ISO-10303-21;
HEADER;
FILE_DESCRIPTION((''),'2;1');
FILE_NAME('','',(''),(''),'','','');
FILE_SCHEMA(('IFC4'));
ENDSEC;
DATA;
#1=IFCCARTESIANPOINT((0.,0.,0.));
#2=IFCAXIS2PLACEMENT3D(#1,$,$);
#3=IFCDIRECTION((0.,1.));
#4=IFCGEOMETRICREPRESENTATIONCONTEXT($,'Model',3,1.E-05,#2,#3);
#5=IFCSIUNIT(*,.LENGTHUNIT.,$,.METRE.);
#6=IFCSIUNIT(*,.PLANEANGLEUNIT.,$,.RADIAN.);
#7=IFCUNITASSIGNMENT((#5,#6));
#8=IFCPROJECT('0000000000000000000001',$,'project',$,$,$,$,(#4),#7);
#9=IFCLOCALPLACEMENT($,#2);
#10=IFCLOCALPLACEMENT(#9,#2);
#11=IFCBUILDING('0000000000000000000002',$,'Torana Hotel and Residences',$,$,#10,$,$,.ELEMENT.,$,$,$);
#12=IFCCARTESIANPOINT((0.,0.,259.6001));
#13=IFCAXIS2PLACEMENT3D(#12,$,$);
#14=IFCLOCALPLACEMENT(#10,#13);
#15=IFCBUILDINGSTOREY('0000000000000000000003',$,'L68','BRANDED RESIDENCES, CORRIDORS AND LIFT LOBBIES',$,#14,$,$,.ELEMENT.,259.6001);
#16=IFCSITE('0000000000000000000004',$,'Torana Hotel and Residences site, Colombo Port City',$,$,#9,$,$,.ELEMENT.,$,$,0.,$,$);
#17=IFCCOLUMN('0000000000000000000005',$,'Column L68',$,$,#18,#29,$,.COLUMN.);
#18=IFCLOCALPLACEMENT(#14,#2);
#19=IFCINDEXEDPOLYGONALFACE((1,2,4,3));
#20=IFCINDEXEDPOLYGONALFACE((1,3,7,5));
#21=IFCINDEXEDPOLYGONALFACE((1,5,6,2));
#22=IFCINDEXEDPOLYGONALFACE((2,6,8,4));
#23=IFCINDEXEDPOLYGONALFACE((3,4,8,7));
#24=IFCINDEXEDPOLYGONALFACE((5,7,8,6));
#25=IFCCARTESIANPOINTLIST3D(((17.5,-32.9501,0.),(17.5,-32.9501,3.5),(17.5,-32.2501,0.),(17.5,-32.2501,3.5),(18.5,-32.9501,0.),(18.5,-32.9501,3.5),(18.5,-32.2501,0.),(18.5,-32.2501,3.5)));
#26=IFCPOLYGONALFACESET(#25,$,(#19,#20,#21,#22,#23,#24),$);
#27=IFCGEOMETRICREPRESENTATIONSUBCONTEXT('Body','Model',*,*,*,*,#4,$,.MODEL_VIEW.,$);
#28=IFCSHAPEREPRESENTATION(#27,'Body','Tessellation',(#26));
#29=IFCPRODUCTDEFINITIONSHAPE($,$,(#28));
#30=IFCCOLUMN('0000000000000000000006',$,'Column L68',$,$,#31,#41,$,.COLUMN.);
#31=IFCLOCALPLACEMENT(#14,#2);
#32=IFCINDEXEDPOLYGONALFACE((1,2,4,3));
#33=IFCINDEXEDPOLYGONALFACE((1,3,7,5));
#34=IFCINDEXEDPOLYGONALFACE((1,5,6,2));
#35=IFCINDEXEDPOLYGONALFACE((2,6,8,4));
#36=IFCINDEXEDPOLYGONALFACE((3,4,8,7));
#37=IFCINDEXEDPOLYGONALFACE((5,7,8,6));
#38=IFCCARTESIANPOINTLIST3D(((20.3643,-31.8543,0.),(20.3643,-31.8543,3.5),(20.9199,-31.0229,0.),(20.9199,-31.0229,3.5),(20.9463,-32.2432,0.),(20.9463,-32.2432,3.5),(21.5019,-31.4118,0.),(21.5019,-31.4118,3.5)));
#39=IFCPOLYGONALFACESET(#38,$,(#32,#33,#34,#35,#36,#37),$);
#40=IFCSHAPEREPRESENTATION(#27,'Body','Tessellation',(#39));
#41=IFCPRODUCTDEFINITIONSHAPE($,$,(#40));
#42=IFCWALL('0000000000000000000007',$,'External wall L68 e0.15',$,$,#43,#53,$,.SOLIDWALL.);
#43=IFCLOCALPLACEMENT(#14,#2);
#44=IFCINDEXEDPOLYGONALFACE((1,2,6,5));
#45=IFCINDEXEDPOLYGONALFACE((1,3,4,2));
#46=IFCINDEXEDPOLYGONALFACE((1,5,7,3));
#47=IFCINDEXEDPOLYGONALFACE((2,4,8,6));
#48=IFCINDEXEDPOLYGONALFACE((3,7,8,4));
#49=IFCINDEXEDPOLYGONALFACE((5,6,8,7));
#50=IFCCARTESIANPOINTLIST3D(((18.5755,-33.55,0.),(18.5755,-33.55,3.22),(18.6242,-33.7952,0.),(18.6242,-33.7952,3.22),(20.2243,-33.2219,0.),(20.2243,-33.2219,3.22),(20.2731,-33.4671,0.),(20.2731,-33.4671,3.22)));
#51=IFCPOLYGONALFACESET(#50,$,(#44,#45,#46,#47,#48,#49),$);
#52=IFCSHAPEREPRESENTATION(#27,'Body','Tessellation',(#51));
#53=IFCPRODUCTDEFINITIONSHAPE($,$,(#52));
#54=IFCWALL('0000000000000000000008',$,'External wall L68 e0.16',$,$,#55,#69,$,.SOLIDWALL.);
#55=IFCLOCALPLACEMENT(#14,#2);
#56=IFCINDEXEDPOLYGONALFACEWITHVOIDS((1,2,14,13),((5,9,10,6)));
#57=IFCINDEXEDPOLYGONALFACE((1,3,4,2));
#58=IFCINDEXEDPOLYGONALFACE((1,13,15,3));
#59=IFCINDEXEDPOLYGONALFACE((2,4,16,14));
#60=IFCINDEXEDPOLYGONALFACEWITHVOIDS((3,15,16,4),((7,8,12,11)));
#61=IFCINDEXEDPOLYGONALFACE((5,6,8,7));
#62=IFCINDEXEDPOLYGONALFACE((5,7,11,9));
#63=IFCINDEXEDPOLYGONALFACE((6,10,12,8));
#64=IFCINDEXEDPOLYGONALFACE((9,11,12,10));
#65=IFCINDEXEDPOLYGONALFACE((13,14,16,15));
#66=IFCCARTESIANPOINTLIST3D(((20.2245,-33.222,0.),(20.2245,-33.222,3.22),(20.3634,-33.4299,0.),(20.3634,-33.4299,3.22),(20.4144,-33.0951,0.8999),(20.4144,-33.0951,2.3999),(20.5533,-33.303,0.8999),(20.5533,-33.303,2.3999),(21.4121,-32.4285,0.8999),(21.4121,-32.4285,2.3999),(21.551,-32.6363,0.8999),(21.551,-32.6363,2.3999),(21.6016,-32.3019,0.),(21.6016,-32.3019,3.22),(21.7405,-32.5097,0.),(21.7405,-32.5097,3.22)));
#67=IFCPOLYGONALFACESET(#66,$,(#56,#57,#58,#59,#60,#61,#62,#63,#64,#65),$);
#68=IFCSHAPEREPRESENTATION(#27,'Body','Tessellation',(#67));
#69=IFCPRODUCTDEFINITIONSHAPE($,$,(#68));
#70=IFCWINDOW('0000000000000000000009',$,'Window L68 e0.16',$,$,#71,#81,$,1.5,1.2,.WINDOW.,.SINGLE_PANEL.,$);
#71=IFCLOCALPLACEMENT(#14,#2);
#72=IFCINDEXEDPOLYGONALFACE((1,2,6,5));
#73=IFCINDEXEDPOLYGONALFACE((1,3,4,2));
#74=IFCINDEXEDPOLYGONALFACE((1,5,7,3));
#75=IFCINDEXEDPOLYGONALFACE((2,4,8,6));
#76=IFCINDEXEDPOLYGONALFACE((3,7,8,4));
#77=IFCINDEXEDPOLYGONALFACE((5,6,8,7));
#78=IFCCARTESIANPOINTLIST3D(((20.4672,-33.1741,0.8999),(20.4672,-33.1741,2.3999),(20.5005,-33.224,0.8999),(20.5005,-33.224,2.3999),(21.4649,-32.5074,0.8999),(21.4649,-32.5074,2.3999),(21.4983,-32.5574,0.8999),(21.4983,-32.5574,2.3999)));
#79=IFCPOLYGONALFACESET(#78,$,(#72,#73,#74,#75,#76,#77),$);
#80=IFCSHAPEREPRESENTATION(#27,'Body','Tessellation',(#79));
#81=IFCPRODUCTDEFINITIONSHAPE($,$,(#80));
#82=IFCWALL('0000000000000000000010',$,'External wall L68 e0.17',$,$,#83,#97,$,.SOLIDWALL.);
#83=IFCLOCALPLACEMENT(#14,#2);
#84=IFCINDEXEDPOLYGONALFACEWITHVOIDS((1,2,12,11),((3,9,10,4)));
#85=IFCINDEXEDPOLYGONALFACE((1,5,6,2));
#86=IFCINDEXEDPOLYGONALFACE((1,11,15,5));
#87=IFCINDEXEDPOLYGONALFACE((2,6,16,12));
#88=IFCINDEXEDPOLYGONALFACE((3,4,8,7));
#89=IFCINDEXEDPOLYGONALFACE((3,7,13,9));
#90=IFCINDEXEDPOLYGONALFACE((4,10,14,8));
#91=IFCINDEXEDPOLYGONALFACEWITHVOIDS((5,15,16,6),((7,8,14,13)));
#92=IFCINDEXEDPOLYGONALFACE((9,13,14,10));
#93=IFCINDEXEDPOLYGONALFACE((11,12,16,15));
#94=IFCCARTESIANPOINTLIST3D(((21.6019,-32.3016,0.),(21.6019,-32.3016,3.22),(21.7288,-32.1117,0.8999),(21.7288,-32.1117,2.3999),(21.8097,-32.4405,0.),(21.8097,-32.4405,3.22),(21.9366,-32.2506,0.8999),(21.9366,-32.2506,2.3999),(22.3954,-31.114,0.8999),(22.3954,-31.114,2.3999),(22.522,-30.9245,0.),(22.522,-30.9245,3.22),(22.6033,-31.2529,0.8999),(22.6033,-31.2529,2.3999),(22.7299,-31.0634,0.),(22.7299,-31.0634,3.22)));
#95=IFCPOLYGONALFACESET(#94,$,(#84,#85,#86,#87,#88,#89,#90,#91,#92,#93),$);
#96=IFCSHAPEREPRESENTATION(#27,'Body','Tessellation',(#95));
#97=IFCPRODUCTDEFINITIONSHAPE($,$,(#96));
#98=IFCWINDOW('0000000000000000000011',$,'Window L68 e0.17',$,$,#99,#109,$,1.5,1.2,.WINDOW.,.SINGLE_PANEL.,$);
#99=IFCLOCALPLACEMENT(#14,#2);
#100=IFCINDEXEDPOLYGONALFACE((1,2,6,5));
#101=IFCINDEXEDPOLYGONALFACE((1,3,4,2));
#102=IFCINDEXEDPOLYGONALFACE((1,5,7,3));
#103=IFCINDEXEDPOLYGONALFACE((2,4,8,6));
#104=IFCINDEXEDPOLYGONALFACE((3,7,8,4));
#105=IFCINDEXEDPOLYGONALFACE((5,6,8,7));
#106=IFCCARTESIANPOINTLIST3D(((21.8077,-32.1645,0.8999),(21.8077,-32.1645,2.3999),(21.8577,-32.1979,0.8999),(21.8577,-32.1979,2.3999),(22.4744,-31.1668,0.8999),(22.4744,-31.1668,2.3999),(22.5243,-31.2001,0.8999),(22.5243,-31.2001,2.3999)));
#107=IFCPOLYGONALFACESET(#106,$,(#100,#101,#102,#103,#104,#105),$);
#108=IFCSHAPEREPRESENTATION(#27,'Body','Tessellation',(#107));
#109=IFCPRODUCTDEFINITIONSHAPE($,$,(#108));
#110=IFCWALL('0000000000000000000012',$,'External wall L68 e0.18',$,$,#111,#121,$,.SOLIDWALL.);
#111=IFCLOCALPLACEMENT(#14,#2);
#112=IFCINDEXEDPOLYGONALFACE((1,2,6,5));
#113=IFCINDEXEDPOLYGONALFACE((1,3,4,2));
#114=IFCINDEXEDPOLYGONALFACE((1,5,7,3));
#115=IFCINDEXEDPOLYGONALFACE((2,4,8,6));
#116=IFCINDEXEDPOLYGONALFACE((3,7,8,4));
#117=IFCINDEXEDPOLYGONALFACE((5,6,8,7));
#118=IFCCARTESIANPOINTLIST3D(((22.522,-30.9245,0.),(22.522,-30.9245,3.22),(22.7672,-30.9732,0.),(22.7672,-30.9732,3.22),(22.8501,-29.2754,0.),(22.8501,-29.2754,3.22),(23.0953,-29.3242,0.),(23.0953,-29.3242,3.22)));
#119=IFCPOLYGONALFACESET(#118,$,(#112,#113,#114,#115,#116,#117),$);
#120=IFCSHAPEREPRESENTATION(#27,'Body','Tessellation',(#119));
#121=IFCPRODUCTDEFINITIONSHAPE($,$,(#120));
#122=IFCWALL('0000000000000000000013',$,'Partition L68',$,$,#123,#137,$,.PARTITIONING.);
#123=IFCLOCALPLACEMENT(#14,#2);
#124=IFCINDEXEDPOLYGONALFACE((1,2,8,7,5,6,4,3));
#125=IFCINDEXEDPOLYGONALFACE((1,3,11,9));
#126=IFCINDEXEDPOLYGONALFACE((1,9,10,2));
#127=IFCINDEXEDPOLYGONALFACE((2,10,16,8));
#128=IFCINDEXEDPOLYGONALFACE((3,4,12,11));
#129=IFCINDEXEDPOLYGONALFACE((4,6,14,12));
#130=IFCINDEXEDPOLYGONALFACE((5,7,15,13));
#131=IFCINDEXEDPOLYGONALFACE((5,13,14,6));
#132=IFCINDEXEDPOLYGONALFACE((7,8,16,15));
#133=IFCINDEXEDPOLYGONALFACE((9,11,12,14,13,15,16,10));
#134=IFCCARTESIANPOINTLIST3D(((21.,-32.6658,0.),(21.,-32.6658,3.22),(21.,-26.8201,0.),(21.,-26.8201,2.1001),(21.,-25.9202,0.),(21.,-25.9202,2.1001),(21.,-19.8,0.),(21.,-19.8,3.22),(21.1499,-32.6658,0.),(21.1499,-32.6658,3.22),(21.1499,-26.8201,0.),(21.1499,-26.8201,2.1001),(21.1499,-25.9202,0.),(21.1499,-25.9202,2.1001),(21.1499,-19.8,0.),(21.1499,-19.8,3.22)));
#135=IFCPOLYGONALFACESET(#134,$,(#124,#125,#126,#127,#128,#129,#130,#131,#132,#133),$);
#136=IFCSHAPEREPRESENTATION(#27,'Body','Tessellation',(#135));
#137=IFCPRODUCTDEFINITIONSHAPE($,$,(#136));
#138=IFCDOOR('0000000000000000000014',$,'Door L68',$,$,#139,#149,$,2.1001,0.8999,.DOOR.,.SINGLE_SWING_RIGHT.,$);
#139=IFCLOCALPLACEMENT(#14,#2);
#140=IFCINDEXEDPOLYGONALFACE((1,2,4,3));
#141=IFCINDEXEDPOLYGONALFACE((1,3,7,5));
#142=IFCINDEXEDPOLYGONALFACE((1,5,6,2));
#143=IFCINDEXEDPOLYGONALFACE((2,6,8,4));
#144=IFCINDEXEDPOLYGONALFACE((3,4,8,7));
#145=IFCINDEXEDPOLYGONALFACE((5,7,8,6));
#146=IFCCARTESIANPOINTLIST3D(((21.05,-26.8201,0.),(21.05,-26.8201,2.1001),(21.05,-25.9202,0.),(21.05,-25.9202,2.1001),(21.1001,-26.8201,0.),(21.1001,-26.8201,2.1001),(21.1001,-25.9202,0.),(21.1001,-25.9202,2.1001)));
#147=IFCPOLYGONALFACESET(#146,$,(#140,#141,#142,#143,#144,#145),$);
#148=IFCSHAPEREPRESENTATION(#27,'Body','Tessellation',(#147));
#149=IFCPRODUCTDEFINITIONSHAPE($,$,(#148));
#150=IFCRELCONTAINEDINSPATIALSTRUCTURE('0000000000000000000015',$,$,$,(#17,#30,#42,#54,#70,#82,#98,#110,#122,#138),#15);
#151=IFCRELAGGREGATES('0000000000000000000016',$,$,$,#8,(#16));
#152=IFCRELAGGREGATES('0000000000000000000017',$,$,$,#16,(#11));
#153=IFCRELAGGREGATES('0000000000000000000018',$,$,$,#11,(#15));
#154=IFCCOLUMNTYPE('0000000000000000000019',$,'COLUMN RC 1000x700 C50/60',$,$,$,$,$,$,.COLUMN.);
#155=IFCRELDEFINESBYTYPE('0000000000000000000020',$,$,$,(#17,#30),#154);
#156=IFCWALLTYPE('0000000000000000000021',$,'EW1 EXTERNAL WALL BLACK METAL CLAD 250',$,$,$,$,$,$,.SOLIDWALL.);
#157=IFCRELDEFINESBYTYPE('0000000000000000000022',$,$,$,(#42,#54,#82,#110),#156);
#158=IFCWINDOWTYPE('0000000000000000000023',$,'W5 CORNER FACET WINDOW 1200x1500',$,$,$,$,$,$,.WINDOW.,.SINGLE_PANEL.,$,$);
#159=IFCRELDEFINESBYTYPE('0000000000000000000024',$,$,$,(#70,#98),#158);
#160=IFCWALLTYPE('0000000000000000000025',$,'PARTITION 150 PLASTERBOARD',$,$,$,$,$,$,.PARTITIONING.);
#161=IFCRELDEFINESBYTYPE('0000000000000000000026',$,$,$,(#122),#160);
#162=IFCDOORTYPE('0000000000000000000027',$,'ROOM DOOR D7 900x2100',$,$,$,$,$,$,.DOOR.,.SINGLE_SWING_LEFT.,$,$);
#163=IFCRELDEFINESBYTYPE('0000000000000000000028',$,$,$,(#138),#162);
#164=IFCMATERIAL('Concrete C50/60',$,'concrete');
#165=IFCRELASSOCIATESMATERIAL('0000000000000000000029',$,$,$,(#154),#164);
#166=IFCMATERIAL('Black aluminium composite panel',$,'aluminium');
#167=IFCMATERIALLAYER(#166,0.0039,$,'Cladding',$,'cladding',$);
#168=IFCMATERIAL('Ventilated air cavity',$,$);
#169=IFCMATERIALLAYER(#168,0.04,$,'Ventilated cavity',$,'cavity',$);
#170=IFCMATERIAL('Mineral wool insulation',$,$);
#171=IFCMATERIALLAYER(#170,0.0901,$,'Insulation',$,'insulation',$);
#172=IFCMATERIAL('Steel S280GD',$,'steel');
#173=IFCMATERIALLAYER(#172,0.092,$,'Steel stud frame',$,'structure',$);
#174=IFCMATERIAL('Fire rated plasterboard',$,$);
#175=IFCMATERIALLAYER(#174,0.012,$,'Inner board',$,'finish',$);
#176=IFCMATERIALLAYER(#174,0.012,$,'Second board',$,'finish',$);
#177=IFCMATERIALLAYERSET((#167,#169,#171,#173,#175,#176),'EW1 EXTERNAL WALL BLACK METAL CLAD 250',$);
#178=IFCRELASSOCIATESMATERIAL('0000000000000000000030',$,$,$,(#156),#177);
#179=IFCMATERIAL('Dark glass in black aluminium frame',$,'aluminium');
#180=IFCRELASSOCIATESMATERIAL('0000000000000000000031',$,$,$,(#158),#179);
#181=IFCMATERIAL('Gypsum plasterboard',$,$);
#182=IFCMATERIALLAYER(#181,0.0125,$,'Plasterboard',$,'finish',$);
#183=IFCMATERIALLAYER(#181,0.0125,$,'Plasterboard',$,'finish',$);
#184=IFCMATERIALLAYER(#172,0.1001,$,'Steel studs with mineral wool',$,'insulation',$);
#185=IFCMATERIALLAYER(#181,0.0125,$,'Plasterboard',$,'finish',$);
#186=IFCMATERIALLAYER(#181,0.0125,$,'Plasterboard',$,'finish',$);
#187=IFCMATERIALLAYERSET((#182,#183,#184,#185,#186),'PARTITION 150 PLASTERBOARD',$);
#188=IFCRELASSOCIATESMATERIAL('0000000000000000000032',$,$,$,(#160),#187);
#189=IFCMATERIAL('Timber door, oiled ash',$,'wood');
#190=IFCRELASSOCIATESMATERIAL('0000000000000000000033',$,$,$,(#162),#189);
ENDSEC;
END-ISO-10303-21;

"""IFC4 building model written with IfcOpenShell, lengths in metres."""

from ifc_helpers import new_model, si_unit, direction, frame, frame_2d, origin, origin_2d, place, context, subcontext, project, spatial, rectangle, extrude, material, layer, layer_set, material_profile, profile_set, type_object, element, fill, save


model = new_model("IFC4")

# Units and contexts
model_context = context("Model", 3, precision=1e-05, world=origin(), true_north=direction((0.0, 1.0)))
body_context = subcontext(model_context, "Body", "Model", "MODEL_VIEW")
ifc_project = project(units=[si_unit("LENGTHUNIT", "METRE"), si_unit("PLANEANGLEUNIT", "RADIAN")], contexts=[model_context])

# Site, building, storey
site_placement = place(None, origin())
site = spatial("IfcSite", under=ifc_project, at=site_placement, Name="Torana Hotel and Residences site, Colombo Port City", CompositionType="ELEMENT", RefElevation=0.0)
building_placement = place(site_placement, origin())
building = spatial("IfcBuilding", under=site, at=building_placement, Name="Torana Hotel and Residences", CompositionType="ELEMENT")
storey_placement = place(building_placement, frame((0.0, 0.0, 259.6001)))
storey = spatial("IfcBuildingStorey", under=building, at=storey_placement, Name="L68", Description="BRANDED RESIDENCES, CORRIDORS AND LIFT LOBBIES", CompositionType="ELEMENT", Elevation=259.6001)

# Columns
ifc_material_1 = material(Name="Concrete C50/60", Category="concrete")
ifc_material_profile = material_profile(ifc_material_1, rectangle(XDim=1.0, YDim=0.7, at=origin_2d()), Name="RC 1000x700")
ifc_profile_set = profile_set([ifc_material_profile], Name="Concrete C50/60")
column_type = type_object("IfcColumnType", Name="COLUMN RC 1000x700 C50/60", PredefinedType="COLUMN", material=ifc_profile_set)
for number, where, z_axis, x_axis, name in (
    (1, (18.0, -32.6001, 0.0), (0.0, 0.0, 1.0), (1.0, 0.0, 0.0), "Column L68"),
    (2, (20.9331, -31.6331, 0.0), (0.0, 0.0, 1.0), (0.555585, 0.83146, 0.0), "Column L68"),
):
    element("IfcColumn", number, at=place(storey_placement, frame(where, z_axis=z_axis, x_axis=x_axis)), inside=storey, type_object=column_type, Name=name, PredefinedType="COLUMN", context=body_context, shape_type="SweptSolid", body=[
        extrude(rectangle(XDim=1.0, YDim=0.7, at=origin_2d()), origin(), (0.0, 0.0, 1.0), 3.5),
    ])

# Wall
ifc_material_2 = material(Name="Black aluminium composite panel", Category="aluminium")
ifc_layer_1 = layer(ifc_material_2, 0.0039, Name="Cladding", Category="cladding")
ifc_material_3 = material(Name="Ventilated air cavity")
ifc_layer_2 = layer(ifc_material_3, 0.04, Name="Ventilated cavity", Category="cavity")
ifc_material_4 = material(Name="Mineral wool insulation")
ifc_layer_3 = layer(ifc_material_4, 0.0901, Name="Insulation", Category="insulation")
ifc_material_5 = material(Name="Steel S280GD", Category="steel")
ifc_layer_4 = layer(ifc_material_5, 0.092, Name="Steel stud frame", Category="structure")
ifc_material_6 = material(Name="Fire rated plasterboard")
ifc_layer_5 = layer(ifc_material_6, 0.012, Name="Inner board", Category="finish")
ifc_layer_6 = layer(ifc_material_6, 0.012, Name="Second board", Category="finish")
ifc_layer_set_1 = layer_set([ifc_layer_1, ifc_layer_2, ifc_layer_3, ifc_layer_4, ifc_layer_5, ifc_layer_6], Name="EW1 EXTERNAL WALL BLACK METAL CLAD 250")
wall_type_1 = type_object("IfcWallType", Name="EW1 EXTERNAL WALL BLACK METAL CLAD 250", PredefinedType="SOLIDWALL", material=ifc_layer_set_1)
wall_1_placement = place(storey_placement, frame((18.5999, -33.6726, 0.0), z_axis=(0.0, 0.0, 1.0), x_axis=(0.98077, 0.195167, 0.0)))
element("IfcWall", 3, at=wall_1_placement, inside=storey, type_object=wall_type_1, Name="External wall L68 e0.15", PredefinedType="SOLIDWALL", context=body_context, shape_type="SweptSolid", body=[
    extrude(rectangle(XDim=1.6812, YDim=0.25, at=frame_2d((0.8406, 0.0))), origin(), (0.0, 0.0, 1.0), 3.22),
])

# Walls, openings, windows
wall_2_placement = place(storey_placement, frame((20.2939, -33.3259, 0.0), z_axis=(0.0, 0.0, 1.0), x_axis=(0.831483, 0.55555, 0.0)))
wall_2 = element("IfcWall", 4, at=wall_2_placement, inside=storey, type_object=wall_type_1, Name="External wall L68 e0.16", PredefinedType="SOLIDWALL", context=body_context, shape_type="SweptSolid", body=[
    extrude(rectangle(XDim=1.6562, YDim=0.25, at=frame_2d((0.8281, 0.0))), origin(), (0.0, 0.0, 1.0), 3.22),
])
opening_1_placement = place(wall_2_placement, frame((0.2283, 0.0, 0.8999)))
opening_1 = element("IfcOpeningElement", 5, at=opening_1_placement, cuts=wall_2, PredefinedType="OPENING", context=body_context, shape_type="SweptSolid", body=[
    extrude(rectangle(XDim=1.2, YDim=1.5, at=frame_2d((0.6001, 0.75))), frame((0.0, 0.135, 0.0), z_axis=(0.0, -1.0, 0.0), x_axis=(1.0, 0.0, 0.0)), (0.0, 0.0, 1.0), 0.27),
])
ifc_material_7 = material(Name="Dark glass in black aluminium frame", Category="aluminium")
window_type_1 = type_object("IfcWindowType", Name="W5 CORNER FACET WINDOW 1200x1500", PartitioningType="SINGLE_PANEL", PredefinedType="WINDOW", material=ifc_material_7)
window_1_placement = place(opening_1_placement, origin())
window_1 = element("IfcWindow", 6, at=window_1_placement, inside=storey, type_object=window_type_1, Name="Window L68 e0.16", OverallHeight=1.5, OverallWidth=1.2, PartitioningType="SINGLE_PANEL", PredefinedType="WINDOW", context=body_context, shape_type="SweptSolid", body=[
    extrude(rectangle(XDim=1.2, YDim=1.5, at=frame_2d((0.6001, 0.75))), frame((0.0, 0.03, 0.0), z_axis=(0.0, -1.0, 0.0), x_axis=(1.0, 0.0, 0.0)), (0.0, 0.0, 1.0), 0.0601),
])
fill(opening_1, window_1)
wall_3_placement = place(storey_placement, frame((21.7058, -32.3711, 0.0), z_axis=(0.0, 0.0, 1.0), x_axis=(0.55555, 0.831483, 0.0)))
wall_3 = element("IfcWall", 7, at=wall_3_placement, inside=storey, type_object=wall_type_1, Name="External wall L68 e0.17", PredefinedType="SOLIDWALL", context=body_context, shape_type="SweptSolid", body=[
    extrude(rectangle(XDim=1.6562, YDim=0.25, at=frame_2d((0.8281, 0.0))), origin(), (0.0, 0.0, 1.0), 3.22),
])
opening_2_placement = place(wall_3_placement, frame((0.2283, 0.0, 0.8999)))
opening_2 = element("IfcOpeningElement", 8, at=opening_2_placement, cuts=wall_3, PredefinedType="OPENING", context=body_context, shape_type="SweptSolid", body=[
    extrude(rectangle(XDim=1.2, YDim=1.5, at=frame_2d((0.6001, 0.75))), frame((0.0, 0.135, 0.0), z_axis=(0.0, -1.0, 0.0), x_axis=(1.0, 0.0, 0.0)), (0.0, 0.0, 1.0), 0.27),
])
window_2_placement = place(opening_2_placement, origin())
window_2 = element("IfcWindow", 9, at=window_2_placement, inside=storey, type_object=window_type_1, Name="Window L68 e0.17", OverallHeight=1.5, OverallWidth=1.2, PartitioningType="SINGLE_PANEL", PredefinedType="WINDOW", context=body_context, shape_type="SweptSolid", body=[
    extrude(rectangle(XDim=1.2, YDim=1.5, at=frame_2d((0.6001, 0.75))), frame((0.0, 0.03, 0.0), z_axis=(0.0, -1.0, 0.0), x_axis=(1.0, 0.0, 0.0)), (0.0, 0.0, 1.0), 0.0601),
])
fill(opening_2, window_2)

# Wall
wall_4_placement = place(storey_placement, frame((22.6445, -30.949, 0.0), z_axis=(0.0, 0.0, 1.0), x_axis=(0.195139, 0.980776, 0.0)))
element("IfcWall", 10, at=wall_4_placement, inside=storey, type_object=wall_type_1, Name="External wall L68 e0.18", PredefinedType="SOLIDWALL", context=body_context, shape_type="SweptSolid", body=[
    extrude(rectangle(XDim=1.6814, YDim=0.25, at=frame_2d((0.8408, 0.0))), origin(), (0.0, 0.0, 1.0), 3.22),
])

# Wall, opening, door
ifc_material_8 = material(Name="Gypsum plasterboard")
ifc_layer_7 = layer(ifc_material_8, 0.0125, Name="Plasterboard", Category="finish")
ifc_layer_8 = layer(ifc_material_8, 0.0125, Name="Plasterboard", Category="finish")
ifc_layer_9 = layer(ifc_material_5, 0.1001, Name="Steel studs with mineral wool", Category="insulation")
ifc_layer_10 = layer(ifc_material_8, 0.0125, Name="Plasterboard", Category="finish")
ifc_layer_11 = layer(ifc_material_8, 0.0125, Name="Plasterboard", Category="finish")
ifc_layer_set_2 = layer_set([ifc_layer_7, ifc_layer_8, ifc_layer_9, ifc_layer_10, ifc_layer_11], Name="PARTITION 150 PLASTERBOARD")
wall_type_2 = type_object("IfcWallType", Name="PARTITION 150 PLASTERBOARD", PredefinedType="PARTITIONING", material=ifc_layer_set_2)
wall_5_placement = place(storey_placement, frame((21.075, -32.6658, 0.0), z_axis=(0.0, 0.0, 1.0), x_axis=(0.0, 1.0, 0.0)))
wall_5 = element("IfcWall", 11, at=wall_5_placement, inside=storey, type_object=wall_type_2, Name="Partition L68", PredefinedType="PARTITIONING", context=body_context, shape_type="SweptSolid", body=[
    extrude(rectangle(XDim=12.8657, YDim=0.1499, at=frame_2d((6.4329, 0.0))), origin(), (0.0, 0.0, 1.0), 3.22),
])
opening_3_placement = place(wall_5_placement, frame((5.8457, 0.0, 0.0)))
opening_3 = element("IfcOpeningElement", 12, at=opening_3_placement, cuts=wall_5, PredefinedType="OPENING", context=body_context, shape_type="SweptSolid", body=[
    extrude(rectangle(XDim=0.8999, YDim=2.1001, at=frame_2d((0.45, 1.05))), frame((0.0, 0.085, 0.0), z_axis=(0.0, -1.0, 0.0), x_axis=(1.0, 0.0, 0.0)), (0.0, 0.0, 1.0), 0.1699),
])
ifc_material_9 = material(Name="Timber door, oiled ash", Category="wood")
door_type_1 = type_object("IfcDoorType", Name="ROOM DOOR D7 900x2100", OperationType="SINGLE_SWING_LEFT", PredefinedType="DOOR", material=ifc_material_9)
door_1_placement = place(opening_3_placement, origin())
door_1 = element("IfcDoor", 13, at=door_1_placement, inside=storey, type_object=door_type_1, Name="Door L68", OperationType="SINGLE_SWING_RIGHT", OverallHeight=2.1001, OverallWidth=0.8999, PredefinedType="DOOR", context=body_context, shape_type="SweptSolid", body=[
    extrude(rectangle(XDim=0.8999, YDim=2.1001, at=frame_2d((0.45, 1.05))), frame((0.0, 0.0249, 0.0), z_axis=(0.0, -1.0, 0.0), x_axis=(1.0, 0.0, 0.0)), (0.0, 0.0, 1.0), 0.05),
])
fill(opening_3, door_1)

save(model, "model.ifc")
